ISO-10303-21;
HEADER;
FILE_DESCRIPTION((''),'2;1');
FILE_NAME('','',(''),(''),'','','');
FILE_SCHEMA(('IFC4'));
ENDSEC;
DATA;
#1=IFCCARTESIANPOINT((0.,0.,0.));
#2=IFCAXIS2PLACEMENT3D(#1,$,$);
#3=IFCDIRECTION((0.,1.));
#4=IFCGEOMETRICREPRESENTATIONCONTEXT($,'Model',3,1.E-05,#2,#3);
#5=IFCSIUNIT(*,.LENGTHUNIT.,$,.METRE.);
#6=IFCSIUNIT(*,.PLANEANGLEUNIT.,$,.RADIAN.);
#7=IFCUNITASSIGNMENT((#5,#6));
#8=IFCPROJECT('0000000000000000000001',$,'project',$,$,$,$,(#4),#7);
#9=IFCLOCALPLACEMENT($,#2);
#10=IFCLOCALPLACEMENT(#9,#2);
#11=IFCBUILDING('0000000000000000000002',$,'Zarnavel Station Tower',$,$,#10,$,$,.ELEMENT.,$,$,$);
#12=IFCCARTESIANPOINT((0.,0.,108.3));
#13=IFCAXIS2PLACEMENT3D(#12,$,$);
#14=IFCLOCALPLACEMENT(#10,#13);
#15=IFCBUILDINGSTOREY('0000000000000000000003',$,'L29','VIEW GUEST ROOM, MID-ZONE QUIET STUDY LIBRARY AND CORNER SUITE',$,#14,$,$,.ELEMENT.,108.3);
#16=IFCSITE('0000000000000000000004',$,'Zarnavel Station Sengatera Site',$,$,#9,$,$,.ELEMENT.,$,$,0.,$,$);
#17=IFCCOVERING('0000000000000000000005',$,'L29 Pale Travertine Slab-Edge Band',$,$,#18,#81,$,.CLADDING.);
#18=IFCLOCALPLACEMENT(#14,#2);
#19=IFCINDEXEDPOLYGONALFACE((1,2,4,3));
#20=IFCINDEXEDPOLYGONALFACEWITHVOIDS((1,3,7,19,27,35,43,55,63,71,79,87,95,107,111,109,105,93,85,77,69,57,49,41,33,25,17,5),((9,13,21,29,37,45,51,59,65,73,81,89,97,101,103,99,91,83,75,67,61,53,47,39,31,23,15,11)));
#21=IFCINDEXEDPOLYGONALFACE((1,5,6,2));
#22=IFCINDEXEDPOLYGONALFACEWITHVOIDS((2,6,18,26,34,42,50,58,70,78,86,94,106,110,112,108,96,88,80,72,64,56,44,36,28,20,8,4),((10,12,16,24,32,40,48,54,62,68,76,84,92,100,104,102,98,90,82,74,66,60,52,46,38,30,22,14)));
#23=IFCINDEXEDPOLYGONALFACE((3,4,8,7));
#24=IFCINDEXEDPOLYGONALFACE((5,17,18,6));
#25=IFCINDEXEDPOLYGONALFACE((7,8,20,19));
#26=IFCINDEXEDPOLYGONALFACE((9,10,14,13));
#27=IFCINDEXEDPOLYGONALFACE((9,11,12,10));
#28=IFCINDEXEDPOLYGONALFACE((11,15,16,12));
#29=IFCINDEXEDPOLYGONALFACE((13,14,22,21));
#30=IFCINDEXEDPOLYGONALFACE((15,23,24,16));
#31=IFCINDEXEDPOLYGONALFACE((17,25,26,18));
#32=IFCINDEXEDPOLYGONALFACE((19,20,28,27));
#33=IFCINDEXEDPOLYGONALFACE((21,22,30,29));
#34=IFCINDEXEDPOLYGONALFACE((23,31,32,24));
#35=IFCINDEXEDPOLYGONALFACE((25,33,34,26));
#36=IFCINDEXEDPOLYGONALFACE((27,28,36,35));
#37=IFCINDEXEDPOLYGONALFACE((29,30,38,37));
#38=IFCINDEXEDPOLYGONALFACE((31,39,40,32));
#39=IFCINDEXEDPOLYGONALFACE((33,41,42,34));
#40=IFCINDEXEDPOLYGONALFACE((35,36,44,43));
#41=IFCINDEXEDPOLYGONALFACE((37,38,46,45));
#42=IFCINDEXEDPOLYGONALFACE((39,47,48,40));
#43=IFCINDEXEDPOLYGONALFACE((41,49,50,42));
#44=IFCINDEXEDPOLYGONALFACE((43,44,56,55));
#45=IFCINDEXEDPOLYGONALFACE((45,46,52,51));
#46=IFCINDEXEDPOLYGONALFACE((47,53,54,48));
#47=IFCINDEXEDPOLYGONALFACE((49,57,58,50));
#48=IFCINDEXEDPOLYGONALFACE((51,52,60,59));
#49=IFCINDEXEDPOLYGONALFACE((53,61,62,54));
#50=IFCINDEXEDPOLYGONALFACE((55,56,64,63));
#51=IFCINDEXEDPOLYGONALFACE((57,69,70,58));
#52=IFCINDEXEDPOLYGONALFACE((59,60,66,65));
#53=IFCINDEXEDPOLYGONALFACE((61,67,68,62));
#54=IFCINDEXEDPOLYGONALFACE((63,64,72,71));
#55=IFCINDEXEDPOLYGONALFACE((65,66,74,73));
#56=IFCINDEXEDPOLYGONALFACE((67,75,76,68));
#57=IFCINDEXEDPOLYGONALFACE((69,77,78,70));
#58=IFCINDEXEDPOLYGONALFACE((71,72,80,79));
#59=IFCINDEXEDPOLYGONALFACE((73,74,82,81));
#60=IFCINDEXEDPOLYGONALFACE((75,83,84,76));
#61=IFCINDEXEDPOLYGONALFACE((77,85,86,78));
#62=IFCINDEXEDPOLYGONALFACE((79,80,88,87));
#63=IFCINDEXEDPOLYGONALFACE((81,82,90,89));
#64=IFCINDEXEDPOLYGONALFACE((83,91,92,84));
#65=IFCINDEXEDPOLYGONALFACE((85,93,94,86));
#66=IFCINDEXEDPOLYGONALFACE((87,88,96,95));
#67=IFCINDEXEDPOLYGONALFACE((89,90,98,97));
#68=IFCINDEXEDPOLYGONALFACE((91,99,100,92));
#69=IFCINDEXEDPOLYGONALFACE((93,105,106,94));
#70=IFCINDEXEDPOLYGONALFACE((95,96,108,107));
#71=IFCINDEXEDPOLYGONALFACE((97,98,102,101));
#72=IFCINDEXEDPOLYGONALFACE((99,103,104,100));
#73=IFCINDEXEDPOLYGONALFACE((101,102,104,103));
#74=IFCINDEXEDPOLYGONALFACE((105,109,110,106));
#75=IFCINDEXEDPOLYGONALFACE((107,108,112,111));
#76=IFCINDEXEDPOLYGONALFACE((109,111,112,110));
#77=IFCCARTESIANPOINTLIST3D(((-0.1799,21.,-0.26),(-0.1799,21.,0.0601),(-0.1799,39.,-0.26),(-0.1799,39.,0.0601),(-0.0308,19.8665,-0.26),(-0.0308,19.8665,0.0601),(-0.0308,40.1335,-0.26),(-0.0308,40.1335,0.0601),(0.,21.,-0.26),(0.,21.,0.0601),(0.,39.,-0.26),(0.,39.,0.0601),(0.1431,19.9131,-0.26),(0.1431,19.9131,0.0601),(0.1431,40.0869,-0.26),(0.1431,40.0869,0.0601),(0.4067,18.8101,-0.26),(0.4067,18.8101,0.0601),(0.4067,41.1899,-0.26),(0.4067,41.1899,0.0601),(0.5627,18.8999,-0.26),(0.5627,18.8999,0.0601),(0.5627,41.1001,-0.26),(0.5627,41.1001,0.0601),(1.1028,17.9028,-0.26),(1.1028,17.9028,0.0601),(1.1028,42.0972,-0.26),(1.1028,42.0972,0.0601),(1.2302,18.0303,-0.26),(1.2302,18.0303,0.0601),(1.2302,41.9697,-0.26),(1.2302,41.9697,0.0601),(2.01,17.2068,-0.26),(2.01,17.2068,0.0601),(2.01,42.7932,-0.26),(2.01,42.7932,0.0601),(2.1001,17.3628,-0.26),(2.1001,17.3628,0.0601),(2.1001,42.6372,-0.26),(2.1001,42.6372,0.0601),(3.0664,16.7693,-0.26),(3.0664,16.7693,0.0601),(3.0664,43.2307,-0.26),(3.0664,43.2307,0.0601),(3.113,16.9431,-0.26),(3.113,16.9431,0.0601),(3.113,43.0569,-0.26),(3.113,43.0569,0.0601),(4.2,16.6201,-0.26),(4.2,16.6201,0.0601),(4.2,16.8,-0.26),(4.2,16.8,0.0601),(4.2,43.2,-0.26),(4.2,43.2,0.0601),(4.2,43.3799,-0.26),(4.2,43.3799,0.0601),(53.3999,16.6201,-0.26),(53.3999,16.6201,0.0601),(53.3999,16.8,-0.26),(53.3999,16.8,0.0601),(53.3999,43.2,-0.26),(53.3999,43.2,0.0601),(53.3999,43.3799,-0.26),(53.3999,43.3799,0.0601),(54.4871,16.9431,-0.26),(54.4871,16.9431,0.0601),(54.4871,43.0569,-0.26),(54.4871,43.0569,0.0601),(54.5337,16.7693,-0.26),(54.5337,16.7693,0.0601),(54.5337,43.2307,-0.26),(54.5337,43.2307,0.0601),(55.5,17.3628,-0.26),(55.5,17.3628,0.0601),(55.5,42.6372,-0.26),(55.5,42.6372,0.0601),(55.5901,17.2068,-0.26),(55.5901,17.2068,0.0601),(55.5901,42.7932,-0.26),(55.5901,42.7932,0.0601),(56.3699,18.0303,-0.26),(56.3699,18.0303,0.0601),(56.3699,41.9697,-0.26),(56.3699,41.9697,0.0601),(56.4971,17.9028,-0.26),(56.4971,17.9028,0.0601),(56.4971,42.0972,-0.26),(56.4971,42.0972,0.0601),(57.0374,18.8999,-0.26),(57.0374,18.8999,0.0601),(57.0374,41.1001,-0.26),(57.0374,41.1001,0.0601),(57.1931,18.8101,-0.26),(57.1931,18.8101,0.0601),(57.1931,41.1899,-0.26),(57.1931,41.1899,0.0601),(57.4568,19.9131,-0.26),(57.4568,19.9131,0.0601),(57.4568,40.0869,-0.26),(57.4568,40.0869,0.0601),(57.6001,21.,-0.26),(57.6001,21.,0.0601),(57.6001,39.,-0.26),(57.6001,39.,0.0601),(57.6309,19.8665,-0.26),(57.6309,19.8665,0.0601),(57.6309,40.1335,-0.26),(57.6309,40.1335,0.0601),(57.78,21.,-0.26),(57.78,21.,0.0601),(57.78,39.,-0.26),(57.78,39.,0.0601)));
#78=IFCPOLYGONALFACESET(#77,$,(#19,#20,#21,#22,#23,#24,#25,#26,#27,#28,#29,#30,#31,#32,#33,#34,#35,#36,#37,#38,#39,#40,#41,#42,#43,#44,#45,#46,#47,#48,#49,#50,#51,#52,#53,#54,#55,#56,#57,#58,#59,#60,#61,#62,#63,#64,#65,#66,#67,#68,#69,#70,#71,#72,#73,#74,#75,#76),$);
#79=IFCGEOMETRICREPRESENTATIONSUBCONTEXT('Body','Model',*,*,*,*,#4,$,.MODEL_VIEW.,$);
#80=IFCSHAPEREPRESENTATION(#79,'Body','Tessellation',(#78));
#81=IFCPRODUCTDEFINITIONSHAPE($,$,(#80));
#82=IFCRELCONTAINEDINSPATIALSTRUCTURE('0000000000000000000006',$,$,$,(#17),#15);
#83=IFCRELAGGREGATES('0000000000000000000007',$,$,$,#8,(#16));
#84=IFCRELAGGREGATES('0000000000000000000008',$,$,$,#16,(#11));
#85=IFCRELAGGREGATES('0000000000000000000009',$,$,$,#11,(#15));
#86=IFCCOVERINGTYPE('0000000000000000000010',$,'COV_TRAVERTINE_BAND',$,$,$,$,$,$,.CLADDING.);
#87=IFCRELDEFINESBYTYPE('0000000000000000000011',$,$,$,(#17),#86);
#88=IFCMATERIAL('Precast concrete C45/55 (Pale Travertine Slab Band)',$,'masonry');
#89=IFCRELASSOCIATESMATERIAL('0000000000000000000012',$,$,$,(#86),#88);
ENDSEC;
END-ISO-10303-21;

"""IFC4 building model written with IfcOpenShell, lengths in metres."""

from ifc_helpers import new_model, si_unit, direction, frame, origin, place, context, subcontext, project, spatial, polyline, outline, extrude, material, type_object, element, save


model = new_model("IFC4")

# Units and contexts
model_context = context("Model", 3, precision=1e-05, world=origin(), true_north=direction((0.0, 1.0)))
body_context = subcontext(model_context, "Body", "Model", "MODEL_VIEW")
ifc_project = project(units=[si_unit("LENGTHUNIT", "METRE"), si_unit("PLANEANGLEUNIT", "RADIAN")], contexts=[model_context])

# Site, building, storey
site_placement = place(None, origin())
site = spatial("IfcSite", under=ifc_project, at=site_placement, Name="Zarnavel Station Sengatera Site", CompositionType="ELEMENT", RefElevation=0.0)
building_placement = place(site_placement, origin())
building = spatial("IfcBuilding", under=site, at=building_placement, Name="Zarnavel Station Tower", CompositionType="ELEMENT")
storey_placement = place(building_placement, frame((0.0, 0.0, 108.3)))
storey = spatial("IfcBuildingStorey", under=building, at=storey_placement, Name="L29", Description="VIEW GUEST ROOM, MID-ZONE QUIET STUDY LIBRARY AND CORNER SUITE", CompositionType="ELEMENT", Elevation=108.3)

# Covering
ifc_material_1 = material(Name="Precast concrete C45/55 (Pale Travertine Slab Band)", Category="masonry")
covering_type_1 = type_object("IfcCoveringType", Name="COV_TRAVERTINE_BAND", PredefinedType="CLADDING", material=ifc_material_1)
covering_1_placement = place(storey_placement, frame((0.0, 0.0, -0.26)))
element("IfcCovering", 1, at=covering_1_placement, inside=storey, type_object=covering_type_1, Name="L29 Pale Travertine Slab-Edge Band", PredefinedType="CLADDING", context=body_context, shape_type="SweptSolid", body=[
    extrude(outline(polyline([(53.3999, 16.6201), (54.5337, 16.7693), (55.5901, 17.2068), (56.4971, 17.9028), (57.1931, 18.8101), (57.6309, 19.8665), (57.78, 21.0), (57.78, 39.0), (57.6309, 40.1335), (57.1931, 41.1899), (56.4971, 42.0972), (55.5901, 42.7932), (54.5337, 43.2307), (53.3999, 43.3799), (4.2, 43.3799), (3.0664, 43.2307), (2.01, 42.7932), (1.1028, 42.0972), (0.4067, 41.1899), (-0.0308, 40.1335), (-0.1799, 39.0), (-0.1799, 21.0), (-0.0308, 19.8665), (0.4067, 18.8101), (1.1028, 17.9028), (2.01, 17.2068), (3.0664, 16.7693), (4.2, 16.6201), (53.3999, 16.6201)]), holes=[polyline([(53.3999, 16.8), (54.4871, 16.9431), (55.5, 17.3628), (56.3699, 18.0303), (57.0374, 18.8999), (57.4568, 19.9131), (57.6001, 21.0), (57.6001, 39.0), (57.4568, 40.0869), (57.0374, 41.1001), (56.3699, 41.9697), (55.5, 42.6372), (54.4871, 43.0569), (53.3999, 43.2), (4.2, 43.2), (3.113, 43.0569), (2.1001, 42.6372), (1.2302, 41.9697), (0.5627, 41.1001), (0.1431, 40.0869), (0.0, 39.0), (0.0, 21.0), (0.1431, 19.9131), (0.5627, 18.8999), (1.2302, 18.0303), (2.1001, 17.3628), (3.113, 16.9431), (4.2, 16.8), (53.3999, 16.8)])]), origin(), (0.0, 0.0, 1.0), 0.3201),
])

save(model, "model.ifc")
